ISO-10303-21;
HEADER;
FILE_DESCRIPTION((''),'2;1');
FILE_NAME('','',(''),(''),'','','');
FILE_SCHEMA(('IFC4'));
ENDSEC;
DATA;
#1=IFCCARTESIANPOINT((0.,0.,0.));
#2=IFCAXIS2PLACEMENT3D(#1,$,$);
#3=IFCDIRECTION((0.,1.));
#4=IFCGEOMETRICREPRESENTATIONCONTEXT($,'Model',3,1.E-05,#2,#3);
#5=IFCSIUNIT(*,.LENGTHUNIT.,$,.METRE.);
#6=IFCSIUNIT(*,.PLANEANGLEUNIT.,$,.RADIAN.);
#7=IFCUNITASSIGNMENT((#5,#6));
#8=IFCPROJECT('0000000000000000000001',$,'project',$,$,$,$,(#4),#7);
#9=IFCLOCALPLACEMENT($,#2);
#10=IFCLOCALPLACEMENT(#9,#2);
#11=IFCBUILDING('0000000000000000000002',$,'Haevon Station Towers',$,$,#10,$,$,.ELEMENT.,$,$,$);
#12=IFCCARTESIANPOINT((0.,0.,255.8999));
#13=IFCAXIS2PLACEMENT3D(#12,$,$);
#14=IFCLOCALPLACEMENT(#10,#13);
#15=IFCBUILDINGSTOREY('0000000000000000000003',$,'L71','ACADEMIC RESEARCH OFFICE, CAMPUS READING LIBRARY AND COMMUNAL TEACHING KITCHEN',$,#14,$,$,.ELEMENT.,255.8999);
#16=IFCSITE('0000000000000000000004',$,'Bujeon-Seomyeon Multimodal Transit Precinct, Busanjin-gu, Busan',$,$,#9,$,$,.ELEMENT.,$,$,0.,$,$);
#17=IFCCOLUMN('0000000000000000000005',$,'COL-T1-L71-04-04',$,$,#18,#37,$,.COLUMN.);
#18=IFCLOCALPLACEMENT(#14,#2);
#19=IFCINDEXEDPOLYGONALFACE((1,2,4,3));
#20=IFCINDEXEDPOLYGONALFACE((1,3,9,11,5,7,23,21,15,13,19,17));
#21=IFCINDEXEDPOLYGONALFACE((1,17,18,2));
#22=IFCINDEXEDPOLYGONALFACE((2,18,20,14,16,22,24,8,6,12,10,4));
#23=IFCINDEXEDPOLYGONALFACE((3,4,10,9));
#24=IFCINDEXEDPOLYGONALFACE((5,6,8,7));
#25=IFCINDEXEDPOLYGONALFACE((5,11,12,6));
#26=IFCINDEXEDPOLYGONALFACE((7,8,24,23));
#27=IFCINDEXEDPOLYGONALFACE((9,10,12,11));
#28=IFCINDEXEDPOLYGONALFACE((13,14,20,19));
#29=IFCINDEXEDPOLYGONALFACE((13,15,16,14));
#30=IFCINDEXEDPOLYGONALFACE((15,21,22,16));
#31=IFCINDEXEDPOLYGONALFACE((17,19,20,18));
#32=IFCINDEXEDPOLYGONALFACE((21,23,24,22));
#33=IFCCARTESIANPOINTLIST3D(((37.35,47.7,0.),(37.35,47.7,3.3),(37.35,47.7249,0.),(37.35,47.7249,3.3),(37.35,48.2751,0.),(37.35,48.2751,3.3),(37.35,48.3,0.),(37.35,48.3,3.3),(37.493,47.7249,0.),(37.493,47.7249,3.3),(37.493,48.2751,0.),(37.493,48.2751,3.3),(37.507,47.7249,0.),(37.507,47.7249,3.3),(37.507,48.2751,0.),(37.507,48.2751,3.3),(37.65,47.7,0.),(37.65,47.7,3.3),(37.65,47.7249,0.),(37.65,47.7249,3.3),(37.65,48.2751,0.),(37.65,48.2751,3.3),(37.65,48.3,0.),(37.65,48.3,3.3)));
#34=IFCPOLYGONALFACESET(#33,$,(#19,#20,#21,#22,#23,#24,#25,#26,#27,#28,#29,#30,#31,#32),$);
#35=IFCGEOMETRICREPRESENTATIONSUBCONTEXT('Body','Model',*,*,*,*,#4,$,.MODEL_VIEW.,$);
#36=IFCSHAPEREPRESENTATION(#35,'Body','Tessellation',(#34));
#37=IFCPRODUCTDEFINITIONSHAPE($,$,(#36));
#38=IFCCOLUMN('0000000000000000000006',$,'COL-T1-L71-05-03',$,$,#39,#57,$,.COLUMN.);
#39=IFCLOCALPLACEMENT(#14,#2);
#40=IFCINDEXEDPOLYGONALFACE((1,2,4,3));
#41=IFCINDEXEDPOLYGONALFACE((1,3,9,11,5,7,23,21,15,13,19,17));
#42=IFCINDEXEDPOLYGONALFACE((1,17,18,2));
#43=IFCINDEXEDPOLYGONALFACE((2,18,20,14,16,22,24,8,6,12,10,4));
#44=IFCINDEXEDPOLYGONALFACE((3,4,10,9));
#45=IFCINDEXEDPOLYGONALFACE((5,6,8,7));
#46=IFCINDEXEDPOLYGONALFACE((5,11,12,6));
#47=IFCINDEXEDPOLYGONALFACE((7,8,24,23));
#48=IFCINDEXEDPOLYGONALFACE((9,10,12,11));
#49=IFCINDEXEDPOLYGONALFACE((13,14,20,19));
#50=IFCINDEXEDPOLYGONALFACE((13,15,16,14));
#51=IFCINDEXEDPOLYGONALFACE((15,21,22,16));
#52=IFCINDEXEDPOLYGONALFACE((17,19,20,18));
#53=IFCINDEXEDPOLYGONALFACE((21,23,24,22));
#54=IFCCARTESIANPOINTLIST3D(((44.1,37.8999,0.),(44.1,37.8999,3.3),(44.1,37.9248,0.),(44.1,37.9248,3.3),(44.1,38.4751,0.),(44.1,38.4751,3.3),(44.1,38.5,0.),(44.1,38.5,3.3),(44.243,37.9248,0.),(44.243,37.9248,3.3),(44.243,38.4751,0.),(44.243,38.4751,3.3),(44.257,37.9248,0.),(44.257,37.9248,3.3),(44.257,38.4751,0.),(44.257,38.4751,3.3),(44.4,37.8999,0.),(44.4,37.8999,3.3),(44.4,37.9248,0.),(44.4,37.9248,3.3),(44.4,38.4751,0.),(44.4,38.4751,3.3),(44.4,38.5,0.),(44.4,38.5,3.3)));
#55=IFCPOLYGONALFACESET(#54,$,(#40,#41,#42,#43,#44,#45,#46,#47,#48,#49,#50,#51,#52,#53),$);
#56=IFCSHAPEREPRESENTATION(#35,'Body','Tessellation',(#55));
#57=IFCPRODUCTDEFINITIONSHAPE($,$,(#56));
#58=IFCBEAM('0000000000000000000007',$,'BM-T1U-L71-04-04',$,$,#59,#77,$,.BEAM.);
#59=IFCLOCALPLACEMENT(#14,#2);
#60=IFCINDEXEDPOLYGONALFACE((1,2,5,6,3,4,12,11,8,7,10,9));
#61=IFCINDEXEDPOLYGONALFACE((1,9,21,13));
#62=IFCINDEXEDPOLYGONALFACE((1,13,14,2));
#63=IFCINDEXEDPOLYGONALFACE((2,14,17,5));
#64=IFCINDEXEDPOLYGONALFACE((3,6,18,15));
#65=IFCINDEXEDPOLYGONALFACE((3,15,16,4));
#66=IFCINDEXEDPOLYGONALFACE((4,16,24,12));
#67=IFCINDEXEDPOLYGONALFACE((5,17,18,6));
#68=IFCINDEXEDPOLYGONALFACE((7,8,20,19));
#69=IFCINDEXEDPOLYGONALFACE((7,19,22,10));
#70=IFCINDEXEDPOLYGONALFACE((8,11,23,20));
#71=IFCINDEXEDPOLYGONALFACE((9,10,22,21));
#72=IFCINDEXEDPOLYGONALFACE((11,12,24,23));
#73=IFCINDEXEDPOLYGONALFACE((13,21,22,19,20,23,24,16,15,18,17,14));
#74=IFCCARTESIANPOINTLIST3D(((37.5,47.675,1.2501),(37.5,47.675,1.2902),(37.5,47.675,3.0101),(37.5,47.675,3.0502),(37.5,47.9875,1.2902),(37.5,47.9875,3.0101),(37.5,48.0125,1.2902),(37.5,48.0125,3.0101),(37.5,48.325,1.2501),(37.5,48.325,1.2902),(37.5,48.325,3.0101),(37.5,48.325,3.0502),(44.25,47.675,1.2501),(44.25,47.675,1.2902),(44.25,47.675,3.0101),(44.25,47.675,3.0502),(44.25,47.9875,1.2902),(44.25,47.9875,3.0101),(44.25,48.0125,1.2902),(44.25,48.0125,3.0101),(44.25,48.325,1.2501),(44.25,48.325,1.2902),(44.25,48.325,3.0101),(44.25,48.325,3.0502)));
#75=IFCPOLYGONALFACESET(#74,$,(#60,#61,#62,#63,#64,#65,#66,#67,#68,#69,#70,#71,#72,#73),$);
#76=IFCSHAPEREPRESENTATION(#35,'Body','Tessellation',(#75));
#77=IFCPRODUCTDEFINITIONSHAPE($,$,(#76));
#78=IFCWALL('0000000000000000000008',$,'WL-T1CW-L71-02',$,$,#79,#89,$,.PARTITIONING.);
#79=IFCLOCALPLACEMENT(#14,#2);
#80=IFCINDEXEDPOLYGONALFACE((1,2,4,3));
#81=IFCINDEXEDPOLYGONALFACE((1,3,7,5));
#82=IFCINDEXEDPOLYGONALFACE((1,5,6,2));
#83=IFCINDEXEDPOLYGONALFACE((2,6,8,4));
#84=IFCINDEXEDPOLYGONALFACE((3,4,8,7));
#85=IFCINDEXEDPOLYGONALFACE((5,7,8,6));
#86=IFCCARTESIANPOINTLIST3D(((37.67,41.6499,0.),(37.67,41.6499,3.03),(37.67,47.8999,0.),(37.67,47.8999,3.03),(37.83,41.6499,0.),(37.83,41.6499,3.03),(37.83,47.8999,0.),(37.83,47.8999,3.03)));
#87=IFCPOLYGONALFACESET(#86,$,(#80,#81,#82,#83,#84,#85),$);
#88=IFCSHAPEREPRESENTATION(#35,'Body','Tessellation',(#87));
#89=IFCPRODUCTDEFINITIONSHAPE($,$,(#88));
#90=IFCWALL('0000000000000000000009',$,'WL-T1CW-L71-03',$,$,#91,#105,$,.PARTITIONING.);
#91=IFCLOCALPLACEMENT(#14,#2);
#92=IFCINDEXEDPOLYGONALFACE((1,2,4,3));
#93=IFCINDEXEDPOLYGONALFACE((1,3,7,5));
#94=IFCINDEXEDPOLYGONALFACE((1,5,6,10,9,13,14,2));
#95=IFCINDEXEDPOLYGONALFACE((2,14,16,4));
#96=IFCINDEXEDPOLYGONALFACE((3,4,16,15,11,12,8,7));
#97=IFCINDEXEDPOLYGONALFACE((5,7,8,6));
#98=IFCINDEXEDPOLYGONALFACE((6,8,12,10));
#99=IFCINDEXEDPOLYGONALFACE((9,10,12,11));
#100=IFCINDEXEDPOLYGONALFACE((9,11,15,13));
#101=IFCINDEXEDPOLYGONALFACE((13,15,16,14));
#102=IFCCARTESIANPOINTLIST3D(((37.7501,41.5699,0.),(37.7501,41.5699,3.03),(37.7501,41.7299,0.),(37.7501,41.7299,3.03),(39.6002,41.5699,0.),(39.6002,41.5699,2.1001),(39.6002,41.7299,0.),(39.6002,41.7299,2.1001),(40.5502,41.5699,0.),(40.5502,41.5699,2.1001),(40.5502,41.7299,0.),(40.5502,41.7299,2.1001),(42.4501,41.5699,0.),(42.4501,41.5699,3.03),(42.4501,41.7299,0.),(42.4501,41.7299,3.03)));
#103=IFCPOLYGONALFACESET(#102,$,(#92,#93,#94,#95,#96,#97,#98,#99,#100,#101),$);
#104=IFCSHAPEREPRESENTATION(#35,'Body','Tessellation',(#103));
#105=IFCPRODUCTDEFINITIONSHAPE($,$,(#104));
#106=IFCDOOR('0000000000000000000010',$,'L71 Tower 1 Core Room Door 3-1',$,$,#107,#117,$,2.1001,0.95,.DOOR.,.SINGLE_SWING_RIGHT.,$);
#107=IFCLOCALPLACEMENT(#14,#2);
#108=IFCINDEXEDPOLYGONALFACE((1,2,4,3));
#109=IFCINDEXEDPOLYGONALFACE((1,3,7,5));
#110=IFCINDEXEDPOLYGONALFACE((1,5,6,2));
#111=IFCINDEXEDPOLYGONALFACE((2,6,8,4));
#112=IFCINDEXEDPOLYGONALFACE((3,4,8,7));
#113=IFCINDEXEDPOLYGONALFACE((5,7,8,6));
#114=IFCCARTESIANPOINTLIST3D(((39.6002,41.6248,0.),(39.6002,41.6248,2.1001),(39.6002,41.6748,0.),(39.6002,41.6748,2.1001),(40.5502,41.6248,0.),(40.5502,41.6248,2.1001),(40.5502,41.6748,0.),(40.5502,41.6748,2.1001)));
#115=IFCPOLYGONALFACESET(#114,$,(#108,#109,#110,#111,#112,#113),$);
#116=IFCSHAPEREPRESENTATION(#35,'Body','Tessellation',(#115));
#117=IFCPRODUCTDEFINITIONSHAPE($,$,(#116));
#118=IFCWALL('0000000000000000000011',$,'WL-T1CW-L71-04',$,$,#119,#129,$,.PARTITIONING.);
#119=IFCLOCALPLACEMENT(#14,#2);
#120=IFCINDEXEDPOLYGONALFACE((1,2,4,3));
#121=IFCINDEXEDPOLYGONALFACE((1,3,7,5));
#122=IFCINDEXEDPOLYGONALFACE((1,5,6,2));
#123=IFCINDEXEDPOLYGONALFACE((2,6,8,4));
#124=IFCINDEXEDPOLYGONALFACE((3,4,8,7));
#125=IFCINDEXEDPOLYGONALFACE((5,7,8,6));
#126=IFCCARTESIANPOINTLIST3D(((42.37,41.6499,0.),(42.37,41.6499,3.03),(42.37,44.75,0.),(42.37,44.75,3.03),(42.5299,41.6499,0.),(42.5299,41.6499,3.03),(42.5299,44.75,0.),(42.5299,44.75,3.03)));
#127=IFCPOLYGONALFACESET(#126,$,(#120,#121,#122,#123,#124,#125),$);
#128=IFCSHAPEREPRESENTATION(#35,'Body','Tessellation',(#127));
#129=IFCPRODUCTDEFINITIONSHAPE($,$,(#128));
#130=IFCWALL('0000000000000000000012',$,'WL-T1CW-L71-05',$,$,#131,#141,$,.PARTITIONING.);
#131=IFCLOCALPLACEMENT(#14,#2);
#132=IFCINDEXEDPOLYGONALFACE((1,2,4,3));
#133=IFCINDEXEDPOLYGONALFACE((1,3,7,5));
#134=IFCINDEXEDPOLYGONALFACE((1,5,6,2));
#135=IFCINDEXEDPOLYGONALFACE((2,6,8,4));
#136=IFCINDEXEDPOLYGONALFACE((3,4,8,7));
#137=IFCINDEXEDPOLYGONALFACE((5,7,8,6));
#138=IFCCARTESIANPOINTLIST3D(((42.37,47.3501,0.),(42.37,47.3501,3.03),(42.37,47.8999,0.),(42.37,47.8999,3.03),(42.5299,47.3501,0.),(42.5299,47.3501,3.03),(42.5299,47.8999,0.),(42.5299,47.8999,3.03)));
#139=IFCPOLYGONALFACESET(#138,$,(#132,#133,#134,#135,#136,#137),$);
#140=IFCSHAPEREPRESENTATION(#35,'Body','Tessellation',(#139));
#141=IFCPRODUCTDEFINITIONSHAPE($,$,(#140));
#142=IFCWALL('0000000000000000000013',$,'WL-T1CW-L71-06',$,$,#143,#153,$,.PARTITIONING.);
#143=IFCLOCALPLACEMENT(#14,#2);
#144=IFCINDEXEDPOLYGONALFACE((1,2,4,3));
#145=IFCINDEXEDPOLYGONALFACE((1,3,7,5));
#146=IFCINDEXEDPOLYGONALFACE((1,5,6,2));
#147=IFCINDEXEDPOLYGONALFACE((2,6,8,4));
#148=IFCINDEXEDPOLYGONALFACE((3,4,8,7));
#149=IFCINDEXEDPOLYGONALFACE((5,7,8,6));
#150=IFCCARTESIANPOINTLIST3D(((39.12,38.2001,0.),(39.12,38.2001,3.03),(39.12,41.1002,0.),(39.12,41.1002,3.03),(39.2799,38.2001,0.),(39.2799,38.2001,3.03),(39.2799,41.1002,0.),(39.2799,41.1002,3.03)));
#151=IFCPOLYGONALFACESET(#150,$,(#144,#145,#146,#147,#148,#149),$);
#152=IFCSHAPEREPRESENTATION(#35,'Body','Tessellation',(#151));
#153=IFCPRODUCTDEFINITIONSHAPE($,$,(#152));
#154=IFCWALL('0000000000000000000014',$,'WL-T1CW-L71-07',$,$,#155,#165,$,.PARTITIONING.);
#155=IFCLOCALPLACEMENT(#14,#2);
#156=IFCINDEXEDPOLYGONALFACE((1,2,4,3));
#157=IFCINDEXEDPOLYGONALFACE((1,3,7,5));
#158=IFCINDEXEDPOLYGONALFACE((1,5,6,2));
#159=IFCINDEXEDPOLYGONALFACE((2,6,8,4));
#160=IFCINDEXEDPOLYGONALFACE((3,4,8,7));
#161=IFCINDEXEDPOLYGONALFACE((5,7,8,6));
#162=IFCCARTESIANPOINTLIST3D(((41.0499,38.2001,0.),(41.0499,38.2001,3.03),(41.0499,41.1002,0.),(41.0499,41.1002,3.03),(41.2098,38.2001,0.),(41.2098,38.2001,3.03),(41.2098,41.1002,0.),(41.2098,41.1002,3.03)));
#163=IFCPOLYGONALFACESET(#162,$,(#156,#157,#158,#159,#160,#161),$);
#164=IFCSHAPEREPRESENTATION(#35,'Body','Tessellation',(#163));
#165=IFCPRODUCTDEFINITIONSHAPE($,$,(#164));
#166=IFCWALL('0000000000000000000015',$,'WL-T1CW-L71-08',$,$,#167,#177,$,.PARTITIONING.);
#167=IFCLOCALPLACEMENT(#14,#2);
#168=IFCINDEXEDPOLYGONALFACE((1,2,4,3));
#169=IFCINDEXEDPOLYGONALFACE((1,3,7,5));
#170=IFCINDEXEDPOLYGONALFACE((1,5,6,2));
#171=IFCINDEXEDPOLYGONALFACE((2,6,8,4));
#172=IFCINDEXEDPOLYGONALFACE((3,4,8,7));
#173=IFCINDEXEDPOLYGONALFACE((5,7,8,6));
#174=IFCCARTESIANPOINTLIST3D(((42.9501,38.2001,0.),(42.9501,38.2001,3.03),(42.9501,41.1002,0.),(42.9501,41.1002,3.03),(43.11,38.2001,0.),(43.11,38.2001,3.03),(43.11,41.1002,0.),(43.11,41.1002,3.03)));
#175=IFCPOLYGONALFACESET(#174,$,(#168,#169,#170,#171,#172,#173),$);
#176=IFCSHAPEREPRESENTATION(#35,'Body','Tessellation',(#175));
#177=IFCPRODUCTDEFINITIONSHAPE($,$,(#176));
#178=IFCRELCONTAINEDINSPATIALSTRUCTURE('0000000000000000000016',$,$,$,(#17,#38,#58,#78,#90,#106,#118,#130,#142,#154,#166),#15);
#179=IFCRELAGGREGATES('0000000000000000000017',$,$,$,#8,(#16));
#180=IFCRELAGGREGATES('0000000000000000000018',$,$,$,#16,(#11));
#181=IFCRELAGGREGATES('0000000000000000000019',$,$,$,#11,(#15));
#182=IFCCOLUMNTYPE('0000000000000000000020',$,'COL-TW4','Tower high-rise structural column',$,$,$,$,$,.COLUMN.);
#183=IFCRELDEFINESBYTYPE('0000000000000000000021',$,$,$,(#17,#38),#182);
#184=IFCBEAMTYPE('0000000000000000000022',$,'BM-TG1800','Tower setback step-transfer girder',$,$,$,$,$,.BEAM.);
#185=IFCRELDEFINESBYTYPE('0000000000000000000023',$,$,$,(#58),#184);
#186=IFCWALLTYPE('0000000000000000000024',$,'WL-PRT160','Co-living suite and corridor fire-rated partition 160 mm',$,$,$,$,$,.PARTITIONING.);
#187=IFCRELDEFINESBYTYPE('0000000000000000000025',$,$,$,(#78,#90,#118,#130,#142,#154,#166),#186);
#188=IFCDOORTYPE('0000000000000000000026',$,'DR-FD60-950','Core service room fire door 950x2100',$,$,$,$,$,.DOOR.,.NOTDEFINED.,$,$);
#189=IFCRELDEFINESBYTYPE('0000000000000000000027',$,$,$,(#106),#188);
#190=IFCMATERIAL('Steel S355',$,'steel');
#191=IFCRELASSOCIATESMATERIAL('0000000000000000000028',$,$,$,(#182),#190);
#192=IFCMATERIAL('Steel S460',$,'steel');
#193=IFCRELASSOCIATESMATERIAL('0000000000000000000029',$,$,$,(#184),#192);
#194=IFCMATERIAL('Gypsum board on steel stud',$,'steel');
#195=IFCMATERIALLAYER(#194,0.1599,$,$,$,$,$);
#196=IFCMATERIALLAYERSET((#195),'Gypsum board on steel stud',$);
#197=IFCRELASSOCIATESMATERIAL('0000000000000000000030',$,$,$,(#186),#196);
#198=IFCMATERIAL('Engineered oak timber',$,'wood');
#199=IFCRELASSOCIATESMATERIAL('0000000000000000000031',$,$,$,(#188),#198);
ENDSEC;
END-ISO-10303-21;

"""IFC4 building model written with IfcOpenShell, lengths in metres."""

from ifc_helpers import new_model, si_unit, direction, frame, frame_2d, origin, origin_2d, place, context, subcontext, project, spatial, rectangle, i_section, extrude, material, layer, layer_set, material_profile, profile_set, type_object, element, fill, save


model = new_model("IFC4")

# Units and contexts
model_context = context("Model", 3, precision=1e-05, world=origin(), true_north=direction((0.0, 1.0)))
body_context = subcontext(model_context, "Body", "Model", "MODEL_VIEW")
ifc_project = project(units=[si_unit("LENGTHUNIT", "METRE"), si_unit("PLANEANGLEUNIT", "RADIAN")], contexts=[model_context])

# Site, building, storey
site_placement = place(None, origin())
site = spatial("IfcSite", under=ifc_project, at=site_placement, Name="Bujeon-Seomyeon Multimodal Transit Precinct, Busanjin-gu, Busan", CompositionType="ELEMENT", RefElevation=0.0)
building_placement = place(site_placement, origin())
building = spatial("IfcBuilding", under=site, at=building_placement, Name="Haevon Station Towers", CompositionType="ELEMENT")
storey_placement = place(building_placement, frame((0.0, 0.0, 255.8999)))
storey = spatial("IfcBuildingStorey", under=building, at=storey_placement, Name="L71", Description="ACADEMIC RESEARCH OFFICE, CAMPUS READING LIBRARY AND COMMUNAL TEACHING KITCHEN", CompositionType="ELEMENT", Elevation=255.8999)

# Columns
ifc_material_1 = material(Name="Steel S355", Category="steel")
ifc_material_profile_1 = material_profile(ifc_material_1, i_section(OverallWidth=0.3, OverallDepth=0.6001, WebThickness=0.0139, FlangeThickness=0.0249, at=origin_2d()), Name="H-600x300x14x25")
ifc_profile_set_1 = profile_set([ifc_material_profile_1], Name="Steel S355")
column_type = type_object("IfcColumnType", Name="COL-TW4", Description="Tower high-rise structural column", PredefinedType="COLUMN", material=ifc_profile_set_1)
for number, where, z_axis, x_axis, name in (
    (1, (37.5, 48.0, 0.0), (0.0, 0.0, 1.0), (1.0, 0.0, 0.0), "COL-T1-L71-04-04"),
    (2, (44.25, 38.2, 0.0), (0.0, 0.0, 1.0), (1.0, 0.0, 0.0), "COL-T1-L71-05-03"),
):
    element("IfcColumn", number, at=place(storey_placement, frame(where, z_axis=z_axis, x_axis=x_axis)), inside=storey, type_object=column_type, Name=name, PredefinedType="COLUMN", context=body_context, shape_type="SweptSolid", body=[
        extrude(i_section(OverallWidth=0.3, OverallDepth=0.6001, WebThickness=0.0139, FlangeThickness=0.0249, at=origin_2d()), origin(), (0.0, 0.0, 1.0), 3.3),
    ])

# Beam
ifc_material_2 = material(Name="Steel S460", Category="steel")
ifc_material_profile_2 = material_profile(ifc_material_2, i_section(OverallWidth=0.6499, OverallDepth=1.8, WebThickness=0.0249, FlangeThickness=0.04, at=origin_2d()), Name="H-1800x650x25x40")
ifc_profile_set_2 = profile_set([ifc_material_profile_2], Name="Steel S460")
beam_type = type_object("IfcBeamType", Name="BM-TG1800", Description="Tower setback step-transfer girder", PredefinedType="BEAM", material=ifc_profile_set_2)
beam_placement = place(storey_placement, frame((37.5, 48.0, 2.1501), z_axis=(1.0, 0.0, 0.0), x_axis=(0.0, 1.0, 0.0)))
element("IfcBeam", 3, at=beam_placement, inside=storey, type_object=beam_type, Name="BM-T1U-L71-04-04", PredefinedType="BEAM", context=body_context, shape_type="SweptSolid", body=[
    extrude(i_section(OverallWidth=0.6499, OverallDepth=1.8, WebThickness=0.0249, FlangeThickness=0.04, at=origin_2d()), origin(), (0.0, 0.0, 1.0), 6.75),
])

# Wall
ifc_material_3 = material(Name="Gypsum board on steel stud", Category="steel")
ifc_layer_1 = layer(ifc_material_3, 0.1599)
ifc_layer_set_1 = layer_set([ifc_layer_1], Name="Gypsum board on steel stud")
wall_type_1 = type_object("IfcWallType", Name="WL-PRT160", Description="Co-living suite and corridor fire-rated partition 160 mm", PredefinedType="PARTITIONING", material=ifc_layer_set_1)
wall_1_placement = place(storey_placement, frame((37.75, 41.6499, 0.0), z_axis=(0.0, 0.0, 1.0), x_axis=(0.0, 1.0, 0.0)))
element("IfcWall", 4, at=wall_1_placement, inside=storey, type_object=wall_type_1, Name="WL-T1CW-L71-02", PredefinedType="PARTITIONING", context=body_context, shape_type="SweptSolid", body=[
    extrude(rectangle(XDim=6.25, YDim=0.1599, at=frame_2d((3.125, 0.0))), origin(), (0.0, 0.0, 1.0), 3.03),
])

# Wall, opening, door
wall_2_placement = place(storey_placement, frame((37.75, 41.6499, 0.0), z_axis=(0.0, 0.0, 1.0), x_axis=(1.0, 0.0, 0.0)))
wall_2 = element("IfcWall", 5, at=wall_2_placement, inside=storey, type_object=wall_type_1, Name="WL-T1CW-L71-03", PredefinedType="PARTITIONING", context=body_context, shape_type="SweptSolid", body=[
    extrude(rectangle(XDim=4.7, YDim=0.1599, at=frame_2d((2.3501, 0.0))), origin(), (0.0, 0.0, 1.0), 3.03),
])
opening_1_placement = place(wall_2_placement, frame((1.8501, 0.0, 0.0)))
opening_1 = element("IfcOpeningElement", 6, at=opening_1_placement, cuts=wall_2, PredefinedType="OPENING", context=body_context, shape_type="SweptSolid", body=[
    extrude(rectangle(XDim=0.95, YDim=2.1001, at=frame_2d((0.4751, 1.05))), frame((0.0, 0.0898, 0.0), z_axis=(0.0, -1.0, 0.0), x_axis=(1.0, 0.0, 0.0)), (0.0, 0.0, 1.0), 0.1799),
])
ifc_material_4 = material(Name="Engineered oak timber", Category="wood")
door_type_1 = type_object("IfcDoorType", Name="DR-FD60-950", Description="Core service room fire door 950x2100", OperationType="NOTDEFINED", PredefinedType="DOOR", material=ifc_material_4)
door_1_placement = place(opening_1_placement, origin())
door_1 = element("IfcDoor", 7, at=door_1_placement, inside=storey, type_object=door_type_1, Name="L71 Tower 1 Core Room Door 3-1", OperationType="SINGLE_SWING_RIGHT", OverallHeight=2.1001, OverallWidth=0.95, PredefinedType="DOOR", context=body_context, shape_type="SweptSolid", body=[
    extrude(rectangle(XDim=0.95, YDim=2.1001, at=frame_2d((0.4751, 1.05))), frame((0.0, 0.0249, 0.0), z_axis=(0.0, -1.0, 0.0), x_axis=(1.0, 0.0, 0.0)), (0.0, 0.0, 1.0), 0.05),
])
fill(opening_1, door_1)

# Walls
wall_3_placement = place(storey_placement, frame((42.45, 41.6499, 0.0), z_axis=(0.0, 0.0, 1.0), x_axis=(0.0, 1.0, 0.0)))
element("IfcWall", 8, at=wall_3_placement, inside=storey, type_object=wall_type_1, Name="WL-T1CW-L71-04", PredefinedType="PARTITIONING", context=body_context, shape_type="SweptSolid", body=[
    extrude(rectangle(XDim=3.1001, YDim=0.1599, at=frame_2d((1.55, 0.0))), origin(), (0.0, 0.0, 1.0), 3.03),
])
wall_4_placement = place(storey_placement, frame((42.45, 47.3501, 0.0), z_axis=(0.0, 0.0, 1.0), x_axis=(0.0, 1.0, 0.0)))
element("IfcWall", 9, at=wall_4_placement, inside=storey, type_object=wall_type_1, Name="WL-T1CW-L71-05", PredefinedType="PARTITIONING", context=body_context, shape_type="SweptSolid", body=[
    extrude(rectangle(XDim=0.5498, YDim=0.1599, at=frame_2d((0.2749, 0.0))), origin(), (0.0, 0.0, 1.0), 3.03),
])
for number, where, z_axis, x_axis, name in (
    (10, (39.2, 38.2, 0.0), (0.0, 0.0, 1.0), (0.0, 1.0, 0.0), "WL-T1CW-L71-06"),
    (11, (41.1299, 38.2, 0.0), (0.0, 0.0, 1.0), (0.0, 1.0, 0.0), "WL-T1CW-L71-07"),
    (12, (43.03, 38.2, 0.0), (0.0, 0.0, 1.0), (0.0, 1.0, 0.0), "WL-T1CW-L71-08"),
):
    element("IfcWall", number, at=place(storey_placement, frame(where, z_axis=z_axis, x_axis=x_axis)), inside=storey, type_object=wall_type_1, Name=name, PredefinedType="PARTITIONING", context=body_context, shape_type="SweptSolid", body=[
        extrude(rectangle(XDim=2.9001, YDim=0.1599, at=frame_2d((1.4502, 0.0))), origin(), (0.0, 0.0, 1.0), 3.03),
    ])

save(model, "model.ifc")
